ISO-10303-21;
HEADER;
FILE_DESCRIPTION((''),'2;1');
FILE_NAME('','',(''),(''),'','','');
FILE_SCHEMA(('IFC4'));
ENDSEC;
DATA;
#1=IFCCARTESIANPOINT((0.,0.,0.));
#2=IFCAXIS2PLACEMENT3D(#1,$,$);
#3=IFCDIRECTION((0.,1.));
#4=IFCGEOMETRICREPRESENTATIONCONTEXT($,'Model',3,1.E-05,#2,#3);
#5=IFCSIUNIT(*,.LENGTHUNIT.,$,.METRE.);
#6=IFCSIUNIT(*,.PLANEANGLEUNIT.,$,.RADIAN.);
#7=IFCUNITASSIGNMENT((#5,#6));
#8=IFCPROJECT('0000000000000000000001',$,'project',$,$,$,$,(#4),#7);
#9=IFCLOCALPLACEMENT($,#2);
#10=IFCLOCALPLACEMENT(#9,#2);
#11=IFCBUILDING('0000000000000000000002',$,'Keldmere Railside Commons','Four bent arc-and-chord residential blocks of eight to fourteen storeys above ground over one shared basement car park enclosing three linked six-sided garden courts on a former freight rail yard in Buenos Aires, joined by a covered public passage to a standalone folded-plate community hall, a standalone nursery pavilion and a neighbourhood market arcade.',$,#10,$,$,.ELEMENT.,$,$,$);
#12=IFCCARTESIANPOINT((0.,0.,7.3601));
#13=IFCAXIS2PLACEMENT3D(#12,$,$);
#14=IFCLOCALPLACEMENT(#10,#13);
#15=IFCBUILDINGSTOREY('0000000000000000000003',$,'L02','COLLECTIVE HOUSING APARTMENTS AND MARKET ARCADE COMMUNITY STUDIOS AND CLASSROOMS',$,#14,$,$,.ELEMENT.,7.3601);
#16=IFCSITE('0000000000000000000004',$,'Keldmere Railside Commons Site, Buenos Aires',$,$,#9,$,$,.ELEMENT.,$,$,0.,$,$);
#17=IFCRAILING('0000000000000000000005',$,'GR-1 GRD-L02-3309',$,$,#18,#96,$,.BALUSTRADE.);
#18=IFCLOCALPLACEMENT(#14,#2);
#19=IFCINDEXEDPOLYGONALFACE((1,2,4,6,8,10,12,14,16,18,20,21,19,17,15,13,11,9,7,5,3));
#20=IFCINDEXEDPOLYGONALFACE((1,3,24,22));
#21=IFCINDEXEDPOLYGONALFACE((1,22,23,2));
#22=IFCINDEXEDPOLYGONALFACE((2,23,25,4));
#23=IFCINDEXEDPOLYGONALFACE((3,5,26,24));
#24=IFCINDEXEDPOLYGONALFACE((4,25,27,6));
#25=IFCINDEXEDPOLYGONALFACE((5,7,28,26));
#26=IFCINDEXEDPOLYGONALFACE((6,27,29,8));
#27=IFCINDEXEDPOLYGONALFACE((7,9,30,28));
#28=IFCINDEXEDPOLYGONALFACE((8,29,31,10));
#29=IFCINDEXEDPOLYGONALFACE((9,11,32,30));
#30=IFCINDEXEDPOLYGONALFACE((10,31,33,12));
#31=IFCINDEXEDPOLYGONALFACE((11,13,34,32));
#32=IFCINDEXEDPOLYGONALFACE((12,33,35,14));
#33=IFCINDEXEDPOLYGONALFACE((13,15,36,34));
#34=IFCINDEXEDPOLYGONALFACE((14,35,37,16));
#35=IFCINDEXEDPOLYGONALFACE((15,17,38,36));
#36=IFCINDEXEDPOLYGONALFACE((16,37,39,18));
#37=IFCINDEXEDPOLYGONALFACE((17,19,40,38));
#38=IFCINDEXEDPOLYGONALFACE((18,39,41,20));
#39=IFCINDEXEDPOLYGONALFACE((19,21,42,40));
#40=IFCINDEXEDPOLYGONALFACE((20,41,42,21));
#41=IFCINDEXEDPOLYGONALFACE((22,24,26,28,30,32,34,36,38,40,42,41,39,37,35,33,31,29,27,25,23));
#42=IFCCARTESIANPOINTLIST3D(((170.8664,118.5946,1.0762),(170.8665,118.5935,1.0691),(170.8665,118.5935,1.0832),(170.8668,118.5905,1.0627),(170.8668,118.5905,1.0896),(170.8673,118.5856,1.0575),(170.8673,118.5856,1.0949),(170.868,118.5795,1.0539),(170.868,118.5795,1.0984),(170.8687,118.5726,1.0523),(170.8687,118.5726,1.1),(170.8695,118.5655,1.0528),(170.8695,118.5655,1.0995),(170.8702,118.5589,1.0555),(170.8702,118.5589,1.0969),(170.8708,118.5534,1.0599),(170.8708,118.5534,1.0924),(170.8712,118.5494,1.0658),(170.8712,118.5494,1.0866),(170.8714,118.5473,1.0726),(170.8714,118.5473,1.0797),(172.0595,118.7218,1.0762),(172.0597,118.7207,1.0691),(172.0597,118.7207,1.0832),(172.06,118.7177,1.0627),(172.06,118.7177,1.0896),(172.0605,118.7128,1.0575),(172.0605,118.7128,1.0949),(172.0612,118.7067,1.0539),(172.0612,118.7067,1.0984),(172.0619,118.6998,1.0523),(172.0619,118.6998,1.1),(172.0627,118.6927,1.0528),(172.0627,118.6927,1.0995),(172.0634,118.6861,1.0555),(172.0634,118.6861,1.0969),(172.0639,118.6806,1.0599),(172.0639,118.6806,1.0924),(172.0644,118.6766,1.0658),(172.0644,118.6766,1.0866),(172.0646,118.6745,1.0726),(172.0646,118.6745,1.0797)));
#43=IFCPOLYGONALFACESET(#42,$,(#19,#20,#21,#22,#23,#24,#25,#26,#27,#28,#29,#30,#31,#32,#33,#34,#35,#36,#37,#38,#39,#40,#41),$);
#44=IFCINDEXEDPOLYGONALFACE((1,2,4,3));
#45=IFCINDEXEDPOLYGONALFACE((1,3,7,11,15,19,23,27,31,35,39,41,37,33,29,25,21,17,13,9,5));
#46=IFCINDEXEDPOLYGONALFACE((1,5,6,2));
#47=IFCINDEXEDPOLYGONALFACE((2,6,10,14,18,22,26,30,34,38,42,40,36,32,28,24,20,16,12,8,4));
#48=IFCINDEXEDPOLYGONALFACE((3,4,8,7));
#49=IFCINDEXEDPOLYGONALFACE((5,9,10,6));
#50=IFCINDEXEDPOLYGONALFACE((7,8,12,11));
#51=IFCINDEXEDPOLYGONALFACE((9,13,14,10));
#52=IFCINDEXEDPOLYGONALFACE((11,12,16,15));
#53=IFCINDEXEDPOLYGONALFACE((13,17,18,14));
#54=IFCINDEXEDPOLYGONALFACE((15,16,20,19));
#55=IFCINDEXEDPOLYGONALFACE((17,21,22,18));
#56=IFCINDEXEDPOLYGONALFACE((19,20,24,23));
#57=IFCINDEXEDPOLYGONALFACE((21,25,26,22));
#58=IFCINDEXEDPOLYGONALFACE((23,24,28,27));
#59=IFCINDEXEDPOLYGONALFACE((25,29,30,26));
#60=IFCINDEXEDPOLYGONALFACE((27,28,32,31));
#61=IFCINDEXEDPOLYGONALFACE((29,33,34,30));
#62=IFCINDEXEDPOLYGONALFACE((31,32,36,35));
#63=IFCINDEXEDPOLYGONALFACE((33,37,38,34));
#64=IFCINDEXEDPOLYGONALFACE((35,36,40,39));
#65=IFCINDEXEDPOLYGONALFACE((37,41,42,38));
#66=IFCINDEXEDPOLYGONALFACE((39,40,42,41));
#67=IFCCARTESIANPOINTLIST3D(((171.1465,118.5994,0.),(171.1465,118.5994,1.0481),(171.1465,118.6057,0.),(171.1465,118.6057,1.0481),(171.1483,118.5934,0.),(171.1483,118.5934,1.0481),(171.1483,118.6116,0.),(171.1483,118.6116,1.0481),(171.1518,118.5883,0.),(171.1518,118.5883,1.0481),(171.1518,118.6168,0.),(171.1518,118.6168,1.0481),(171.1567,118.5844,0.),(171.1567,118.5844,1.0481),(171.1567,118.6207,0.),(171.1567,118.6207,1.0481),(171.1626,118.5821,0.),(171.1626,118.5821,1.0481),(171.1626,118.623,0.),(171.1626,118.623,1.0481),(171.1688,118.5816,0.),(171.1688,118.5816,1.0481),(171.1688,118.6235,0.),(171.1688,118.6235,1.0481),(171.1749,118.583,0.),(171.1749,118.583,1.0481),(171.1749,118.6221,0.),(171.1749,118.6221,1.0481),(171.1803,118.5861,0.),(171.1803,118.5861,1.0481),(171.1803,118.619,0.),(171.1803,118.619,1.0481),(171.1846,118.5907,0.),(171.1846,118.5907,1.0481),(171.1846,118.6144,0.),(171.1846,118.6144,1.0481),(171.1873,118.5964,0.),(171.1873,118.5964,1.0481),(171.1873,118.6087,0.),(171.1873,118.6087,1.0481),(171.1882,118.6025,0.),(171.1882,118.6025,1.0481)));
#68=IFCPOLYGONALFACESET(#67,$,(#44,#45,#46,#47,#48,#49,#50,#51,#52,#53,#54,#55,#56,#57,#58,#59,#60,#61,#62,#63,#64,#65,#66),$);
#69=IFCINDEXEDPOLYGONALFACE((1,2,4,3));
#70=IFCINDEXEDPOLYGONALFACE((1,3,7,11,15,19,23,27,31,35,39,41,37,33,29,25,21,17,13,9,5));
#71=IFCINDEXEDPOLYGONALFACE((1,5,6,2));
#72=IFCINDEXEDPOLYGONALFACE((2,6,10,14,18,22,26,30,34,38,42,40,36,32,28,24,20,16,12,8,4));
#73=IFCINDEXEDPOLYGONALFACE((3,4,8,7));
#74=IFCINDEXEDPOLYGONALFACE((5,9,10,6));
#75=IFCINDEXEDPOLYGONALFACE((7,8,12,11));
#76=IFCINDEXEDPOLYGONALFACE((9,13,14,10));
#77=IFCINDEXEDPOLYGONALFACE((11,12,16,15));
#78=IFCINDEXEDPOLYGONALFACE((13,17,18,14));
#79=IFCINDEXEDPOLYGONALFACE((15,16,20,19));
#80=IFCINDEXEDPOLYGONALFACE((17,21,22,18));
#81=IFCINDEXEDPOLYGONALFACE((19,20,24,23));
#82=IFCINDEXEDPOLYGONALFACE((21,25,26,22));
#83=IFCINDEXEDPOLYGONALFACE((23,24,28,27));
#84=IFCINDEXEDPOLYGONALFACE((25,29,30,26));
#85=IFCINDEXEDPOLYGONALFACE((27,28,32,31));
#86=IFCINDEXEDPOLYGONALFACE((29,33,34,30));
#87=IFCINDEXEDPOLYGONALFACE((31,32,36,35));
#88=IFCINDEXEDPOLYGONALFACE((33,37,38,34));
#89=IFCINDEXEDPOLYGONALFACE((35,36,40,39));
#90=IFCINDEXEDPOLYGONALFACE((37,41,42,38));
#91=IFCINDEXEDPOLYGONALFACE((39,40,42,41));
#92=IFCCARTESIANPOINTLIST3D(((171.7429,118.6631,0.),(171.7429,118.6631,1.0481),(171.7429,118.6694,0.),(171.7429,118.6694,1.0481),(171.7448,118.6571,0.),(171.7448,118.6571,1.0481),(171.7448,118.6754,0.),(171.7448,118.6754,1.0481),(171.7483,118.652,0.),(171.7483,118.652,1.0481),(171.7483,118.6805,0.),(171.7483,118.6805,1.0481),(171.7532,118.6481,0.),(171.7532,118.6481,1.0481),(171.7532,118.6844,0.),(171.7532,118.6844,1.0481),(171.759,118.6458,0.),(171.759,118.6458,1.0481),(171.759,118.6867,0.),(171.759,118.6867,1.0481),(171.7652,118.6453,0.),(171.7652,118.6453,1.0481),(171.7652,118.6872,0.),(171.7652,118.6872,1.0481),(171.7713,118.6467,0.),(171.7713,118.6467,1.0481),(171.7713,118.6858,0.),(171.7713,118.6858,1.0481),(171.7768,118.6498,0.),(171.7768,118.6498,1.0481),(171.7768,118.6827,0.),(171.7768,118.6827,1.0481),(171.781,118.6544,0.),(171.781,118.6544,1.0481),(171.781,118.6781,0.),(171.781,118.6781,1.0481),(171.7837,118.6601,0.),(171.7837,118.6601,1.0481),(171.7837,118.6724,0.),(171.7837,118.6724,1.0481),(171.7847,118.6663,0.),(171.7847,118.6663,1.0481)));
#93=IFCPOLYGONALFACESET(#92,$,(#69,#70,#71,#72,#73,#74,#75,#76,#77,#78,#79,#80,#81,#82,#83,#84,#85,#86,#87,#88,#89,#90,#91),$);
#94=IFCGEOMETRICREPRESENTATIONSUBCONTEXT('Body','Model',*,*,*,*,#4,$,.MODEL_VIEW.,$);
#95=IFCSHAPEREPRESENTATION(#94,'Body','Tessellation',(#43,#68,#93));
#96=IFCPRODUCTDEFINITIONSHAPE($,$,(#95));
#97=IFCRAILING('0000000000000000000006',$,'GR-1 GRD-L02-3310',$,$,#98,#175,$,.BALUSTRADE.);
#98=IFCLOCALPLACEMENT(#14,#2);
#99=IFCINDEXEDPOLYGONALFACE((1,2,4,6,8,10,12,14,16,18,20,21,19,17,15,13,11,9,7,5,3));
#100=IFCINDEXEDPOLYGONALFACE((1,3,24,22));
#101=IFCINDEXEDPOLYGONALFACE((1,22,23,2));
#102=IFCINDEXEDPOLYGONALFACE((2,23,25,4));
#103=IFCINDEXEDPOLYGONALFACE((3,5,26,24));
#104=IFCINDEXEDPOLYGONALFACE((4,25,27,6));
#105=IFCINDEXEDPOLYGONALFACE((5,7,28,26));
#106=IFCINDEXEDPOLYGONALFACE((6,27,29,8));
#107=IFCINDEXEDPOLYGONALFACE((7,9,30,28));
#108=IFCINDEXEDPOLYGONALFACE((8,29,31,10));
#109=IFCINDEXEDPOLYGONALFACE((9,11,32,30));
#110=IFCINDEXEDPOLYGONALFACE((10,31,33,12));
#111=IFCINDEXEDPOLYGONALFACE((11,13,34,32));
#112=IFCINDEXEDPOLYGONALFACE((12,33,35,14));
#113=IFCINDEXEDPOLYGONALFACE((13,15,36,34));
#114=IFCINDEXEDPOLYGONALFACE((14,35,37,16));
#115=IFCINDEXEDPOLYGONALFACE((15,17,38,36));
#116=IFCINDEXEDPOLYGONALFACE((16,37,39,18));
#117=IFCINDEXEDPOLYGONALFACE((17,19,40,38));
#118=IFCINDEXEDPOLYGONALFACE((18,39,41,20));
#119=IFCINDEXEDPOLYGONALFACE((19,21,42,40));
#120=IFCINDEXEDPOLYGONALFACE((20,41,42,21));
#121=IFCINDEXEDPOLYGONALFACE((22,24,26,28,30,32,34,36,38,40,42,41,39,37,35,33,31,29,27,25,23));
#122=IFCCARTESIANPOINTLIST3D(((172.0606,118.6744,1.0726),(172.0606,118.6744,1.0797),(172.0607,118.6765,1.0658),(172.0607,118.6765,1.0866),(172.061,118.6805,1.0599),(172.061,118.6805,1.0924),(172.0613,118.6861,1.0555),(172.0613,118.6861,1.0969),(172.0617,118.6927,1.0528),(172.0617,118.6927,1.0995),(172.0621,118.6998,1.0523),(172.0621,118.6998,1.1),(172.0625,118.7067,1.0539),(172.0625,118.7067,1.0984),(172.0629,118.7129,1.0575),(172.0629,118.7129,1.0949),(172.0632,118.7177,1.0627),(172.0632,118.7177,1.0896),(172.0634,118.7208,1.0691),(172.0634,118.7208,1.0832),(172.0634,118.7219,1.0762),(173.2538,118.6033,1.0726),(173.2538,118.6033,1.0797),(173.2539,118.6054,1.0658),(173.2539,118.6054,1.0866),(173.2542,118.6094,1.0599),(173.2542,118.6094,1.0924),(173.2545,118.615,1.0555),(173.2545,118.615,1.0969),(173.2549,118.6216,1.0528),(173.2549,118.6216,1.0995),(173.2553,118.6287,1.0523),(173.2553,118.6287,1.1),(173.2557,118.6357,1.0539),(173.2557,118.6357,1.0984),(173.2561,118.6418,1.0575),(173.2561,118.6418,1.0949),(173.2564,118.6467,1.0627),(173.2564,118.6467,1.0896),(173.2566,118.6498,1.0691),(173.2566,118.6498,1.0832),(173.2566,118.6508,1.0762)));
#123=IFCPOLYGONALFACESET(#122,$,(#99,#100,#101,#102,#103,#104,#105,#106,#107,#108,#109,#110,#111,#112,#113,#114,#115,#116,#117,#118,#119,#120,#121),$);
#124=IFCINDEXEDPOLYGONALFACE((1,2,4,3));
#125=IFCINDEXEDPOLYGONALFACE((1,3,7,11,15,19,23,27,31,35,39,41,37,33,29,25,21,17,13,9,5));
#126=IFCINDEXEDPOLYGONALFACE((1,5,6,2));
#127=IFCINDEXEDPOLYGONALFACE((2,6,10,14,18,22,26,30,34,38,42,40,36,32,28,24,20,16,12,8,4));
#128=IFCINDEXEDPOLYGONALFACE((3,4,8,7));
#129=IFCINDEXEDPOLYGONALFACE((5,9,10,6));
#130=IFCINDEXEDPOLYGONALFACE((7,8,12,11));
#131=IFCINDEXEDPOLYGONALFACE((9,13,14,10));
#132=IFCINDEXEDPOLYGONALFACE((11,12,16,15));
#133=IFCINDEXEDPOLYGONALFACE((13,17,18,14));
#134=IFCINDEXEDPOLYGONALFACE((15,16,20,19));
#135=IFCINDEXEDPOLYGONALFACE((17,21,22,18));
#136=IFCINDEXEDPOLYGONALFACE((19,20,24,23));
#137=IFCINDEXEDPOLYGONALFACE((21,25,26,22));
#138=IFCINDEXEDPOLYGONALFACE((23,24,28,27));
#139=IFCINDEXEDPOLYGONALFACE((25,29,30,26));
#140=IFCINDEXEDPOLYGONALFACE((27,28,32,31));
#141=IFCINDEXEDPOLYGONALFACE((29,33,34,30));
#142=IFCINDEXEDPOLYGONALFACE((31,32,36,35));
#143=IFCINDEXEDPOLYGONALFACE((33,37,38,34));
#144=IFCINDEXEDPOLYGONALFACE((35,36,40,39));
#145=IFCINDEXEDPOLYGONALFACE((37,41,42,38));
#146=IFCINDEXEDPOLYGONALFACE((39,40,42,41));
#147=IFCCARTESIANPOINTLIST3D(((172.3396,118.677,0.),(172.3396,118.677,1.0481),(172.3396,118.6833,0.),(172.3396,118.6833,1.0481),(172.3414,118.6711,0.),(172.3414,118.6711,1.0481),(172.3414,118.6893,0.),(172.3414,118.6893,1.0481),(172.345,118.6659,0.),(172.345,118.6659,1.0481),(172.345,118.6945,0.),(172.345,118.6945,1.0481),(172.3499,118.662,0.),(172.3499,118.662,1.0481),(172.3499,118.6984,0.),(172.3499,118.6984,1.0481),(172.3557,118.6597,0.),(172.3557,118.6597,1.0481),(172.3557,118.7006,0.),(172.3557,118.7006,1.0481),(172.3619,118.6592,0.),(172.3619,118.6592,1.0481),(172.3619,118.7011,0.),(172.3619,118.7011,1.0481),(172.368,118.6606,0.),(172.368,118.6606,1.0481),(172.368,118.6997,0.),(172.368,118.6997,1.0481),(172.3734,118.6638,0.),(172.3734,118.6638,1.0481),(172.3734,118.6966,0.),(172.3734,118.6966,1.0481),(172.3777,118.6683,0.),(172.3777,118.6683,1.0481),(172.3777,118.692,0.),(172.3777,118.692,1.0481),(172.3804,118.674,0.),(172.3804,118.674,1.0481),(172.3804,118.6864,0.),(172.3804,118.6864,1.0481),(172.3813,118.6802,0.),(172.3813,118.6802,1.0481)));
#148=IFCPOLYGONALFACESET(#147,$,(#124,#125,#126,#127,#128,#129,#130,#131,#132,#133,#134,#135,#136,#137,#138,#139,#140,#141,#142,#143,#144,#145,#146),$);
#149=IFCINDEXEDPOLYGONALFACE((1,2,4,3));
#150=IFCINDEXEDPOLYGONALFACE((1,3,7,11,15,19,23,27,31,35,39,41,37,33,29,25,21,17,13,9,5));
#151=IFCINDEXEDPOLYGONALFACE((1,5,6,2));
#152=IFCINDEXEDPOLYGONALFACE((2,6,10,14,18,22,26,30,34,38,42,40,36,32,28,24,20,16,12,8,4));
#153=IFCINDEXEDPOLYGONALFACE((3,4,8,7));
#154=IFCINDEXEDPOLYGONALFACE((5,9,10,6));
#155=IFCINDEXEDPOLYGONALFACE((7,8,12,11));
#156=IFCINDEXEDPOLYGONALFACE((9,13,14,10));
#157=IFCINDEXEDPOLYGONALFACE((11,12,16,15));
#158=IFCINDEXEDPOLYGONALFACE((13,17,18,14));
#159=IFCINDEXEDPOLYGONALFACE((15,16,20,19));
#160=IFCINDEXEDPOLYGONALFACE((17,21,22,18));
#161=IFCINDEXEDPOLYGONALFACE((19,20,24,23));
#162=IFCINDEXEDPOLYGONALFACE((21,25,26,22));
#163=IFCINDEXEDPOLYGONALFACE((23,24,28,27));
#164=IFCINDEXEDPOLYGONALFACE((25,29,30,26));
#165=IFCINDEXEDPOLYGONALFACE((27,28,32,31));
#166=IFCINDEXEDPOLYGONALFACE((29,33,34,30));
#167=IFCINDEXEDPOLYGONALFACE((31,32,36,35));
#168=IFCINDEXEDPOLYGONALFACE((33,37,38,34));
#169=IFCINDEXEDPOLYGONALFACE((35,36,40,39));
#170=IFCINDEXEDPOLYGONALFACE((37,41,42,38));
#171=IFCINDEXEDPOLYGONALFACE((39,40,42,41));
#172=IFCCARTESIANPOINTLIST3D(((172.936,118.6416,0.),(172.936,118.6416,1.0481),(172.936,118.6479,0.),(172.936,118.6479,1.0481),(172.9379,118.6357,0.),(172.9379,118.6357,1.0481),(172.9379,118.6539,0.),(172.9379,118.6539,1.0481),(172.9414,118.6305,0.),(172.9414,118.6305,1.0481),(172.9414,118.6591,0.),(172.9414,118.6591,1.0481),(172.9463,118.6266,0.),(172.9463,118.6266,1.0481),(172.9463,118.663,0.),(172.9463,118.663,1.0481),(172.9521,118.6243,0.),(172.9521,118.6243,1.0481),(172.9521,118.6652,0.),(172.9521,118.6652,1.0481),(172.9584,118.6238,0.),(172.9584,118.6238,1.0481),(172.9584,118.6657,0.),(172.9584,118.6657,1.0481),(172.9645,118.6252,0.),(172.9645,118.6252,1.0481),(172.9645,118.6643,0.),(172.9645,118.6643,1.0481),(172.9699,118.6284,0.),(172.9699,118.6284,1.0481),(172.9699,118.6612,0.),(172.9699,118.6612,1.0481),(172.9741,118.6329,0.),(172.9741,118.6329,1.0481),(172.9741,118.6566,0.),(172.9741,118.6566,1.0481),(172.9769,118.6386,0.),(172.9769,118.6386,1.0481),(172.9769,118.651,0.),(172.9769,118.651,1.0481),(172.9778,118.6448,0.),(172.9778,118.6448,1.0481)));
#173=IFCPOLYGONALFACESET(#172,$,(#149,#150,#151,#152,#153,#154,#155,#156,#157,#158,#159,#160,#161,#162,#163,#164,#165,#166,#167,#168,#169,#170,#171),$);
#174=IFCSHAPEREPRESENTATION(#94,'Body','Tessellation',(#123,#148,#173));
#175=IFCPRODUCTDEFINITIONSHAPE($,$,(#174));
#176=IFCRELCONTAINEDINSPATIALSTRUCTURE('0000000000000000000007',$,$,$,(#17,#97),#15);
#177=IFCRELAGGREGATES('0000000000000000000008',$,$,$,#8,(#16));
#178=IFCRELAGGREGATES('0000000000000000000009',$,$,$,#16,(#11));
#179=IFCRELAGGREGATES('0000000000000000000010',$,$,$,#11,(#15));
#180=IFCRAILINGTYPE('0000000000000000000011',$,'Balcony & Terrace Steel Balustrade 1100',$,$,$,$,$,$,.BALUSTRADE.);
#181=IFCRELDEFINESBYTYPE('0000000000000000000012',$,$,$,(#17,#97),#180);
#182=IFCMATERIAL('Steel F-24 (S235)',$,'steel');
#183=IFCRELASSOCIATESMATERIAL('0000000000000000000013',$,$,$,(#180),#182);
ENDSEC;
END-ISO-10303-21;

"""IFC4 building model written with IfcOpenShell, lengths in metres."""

from ifc_helpers import new_model, si_unit, direction, frame, origin, origin_2d, place, context, subcontext, project, spatial, circle, extrude, material, type_object, element, save


model = new_model("IFC4")

# Units and contexts
model_context = context("Model", 3, precision=1e-05, world=origin(), true_north=direction((0.0, 1.0)))
body_context = subcontext(model_context, "Body", "Model", "MODEL_VIEW")
ifc_project = project(units=[si_unit("LENGTHUNIT", "METRE"), si_unit("PLANEANGLEUNIT", "RADIAN")], contexts=[model_context])

# Site, building, storey
site_placement = place(None, origin())
site = spatial("IfcSite", under=ifc_project, at=site_placement, Name="Keldmere Railside Commons Site, Buenos Aires", CompositionType="ELEMENT", RefElevation=0.0)
building_placement = place(site_placement, origin())
building = spatial("IfcBuilding", under=site, at=building_placement, Name="Keldmere Railside Commons", Description="Four bent arc-and-chord residential blocks of eight to fourteen storeys above ground over one shared basement car park enclosing three linked six-sided garden courts on a former freight rail yard in Buenos Aires, joined by a covered public passage to a standalone folded-plate community hall, a standalone nursery pavilion and a neighbourhood market arcade.", CompositionType="ELEMENT")
storey_placement = place(building_placement, frame((0.0, 0.0, 7.3601)))
storey = spatial("IfcBuildingStorey", under=building, at=storey_placement, Name="L02", Description="COLLECTIVE HOUSING APARTMENTS AND MARKET ARCADE COMMUNITY STUDIOS AND CLASSROOMS", CompositionType="ELEMENT", Elevation=7.3601)

# Railings
ifc_material_1 = material(Name="Steel F-24 (S235)", Category="steel")
railing_type = type_object("IfcRailingType", Name="Balcony & Terrace Steel Balustrade 1100", PredefinedType="BALUSTRADE", material=ifc_material_1)
railing_1_placement = place(storey_placement, frame((170.8689, 118.5708, 0.0)))
element("IfcRailing", 1, at=railing_1_placement, inside=storey, type_object=railing_type, Name="GR-1 GRD-L02-3309", PredefinedType="BALUSTRADE", context=body_context, shape_type="SweptSolid", body=[
    extrude(circle(Radius=0.0239, at=origin_2d()), frame((0.0, 0.0, 1.0762), z_axis=(0.994365, 0.106009, 0.0), x_axis=(-0.106009, 0.994365, 0.0)), (0.0, 0.0, 1.0), 1.2),
    extrude(circle(Radius=0.021, at=origin_2d()), frame((0.2983, 0.0317, 0.0)), (0.0, 0.0, 1.0), 1.0481),
    extrude(circle(Radius=0.021, at=origin_2d()), frame((0.8948, 0.0955, 0.0)), (0.0, 0.0, 1.0), 1.0481),
])
railing_2_placement = place(storey_placement, frame((172.062, 118.698, 0.0)))
element("IfcRailing", 2, at=railing_2_placement, inside=storey, type_object=railing_type, Name="GR-1 GRD-L02-3310", PredefinedType="BALUSTRADE", context=body_context, shape_type="SweptSolid", body=[
    extrude(circle(Radius=0.0239, at=origin_2d()), frame((0.0, 0.0, 1.0762), z_axis=(0.998232, -0.05944, 0.0), x_axis=(0.05944, 0.998232, 0.0)), (0.0, 0.0, 1.0), 1.1953),
    extrude(circle(Radius=0.021, at=origin_2d()), frame((0.2983, -0.0178, 0.0)), (0.0, 0.0, 1.0), 1.0481),
    extrude(circle(Radius=0.021, at=origin_2d()), frame((0.8948, -0.0532, 0.0)), (0.0, 0.0, 1.0), 1.0481),
])

save(model, "model.ifc")
